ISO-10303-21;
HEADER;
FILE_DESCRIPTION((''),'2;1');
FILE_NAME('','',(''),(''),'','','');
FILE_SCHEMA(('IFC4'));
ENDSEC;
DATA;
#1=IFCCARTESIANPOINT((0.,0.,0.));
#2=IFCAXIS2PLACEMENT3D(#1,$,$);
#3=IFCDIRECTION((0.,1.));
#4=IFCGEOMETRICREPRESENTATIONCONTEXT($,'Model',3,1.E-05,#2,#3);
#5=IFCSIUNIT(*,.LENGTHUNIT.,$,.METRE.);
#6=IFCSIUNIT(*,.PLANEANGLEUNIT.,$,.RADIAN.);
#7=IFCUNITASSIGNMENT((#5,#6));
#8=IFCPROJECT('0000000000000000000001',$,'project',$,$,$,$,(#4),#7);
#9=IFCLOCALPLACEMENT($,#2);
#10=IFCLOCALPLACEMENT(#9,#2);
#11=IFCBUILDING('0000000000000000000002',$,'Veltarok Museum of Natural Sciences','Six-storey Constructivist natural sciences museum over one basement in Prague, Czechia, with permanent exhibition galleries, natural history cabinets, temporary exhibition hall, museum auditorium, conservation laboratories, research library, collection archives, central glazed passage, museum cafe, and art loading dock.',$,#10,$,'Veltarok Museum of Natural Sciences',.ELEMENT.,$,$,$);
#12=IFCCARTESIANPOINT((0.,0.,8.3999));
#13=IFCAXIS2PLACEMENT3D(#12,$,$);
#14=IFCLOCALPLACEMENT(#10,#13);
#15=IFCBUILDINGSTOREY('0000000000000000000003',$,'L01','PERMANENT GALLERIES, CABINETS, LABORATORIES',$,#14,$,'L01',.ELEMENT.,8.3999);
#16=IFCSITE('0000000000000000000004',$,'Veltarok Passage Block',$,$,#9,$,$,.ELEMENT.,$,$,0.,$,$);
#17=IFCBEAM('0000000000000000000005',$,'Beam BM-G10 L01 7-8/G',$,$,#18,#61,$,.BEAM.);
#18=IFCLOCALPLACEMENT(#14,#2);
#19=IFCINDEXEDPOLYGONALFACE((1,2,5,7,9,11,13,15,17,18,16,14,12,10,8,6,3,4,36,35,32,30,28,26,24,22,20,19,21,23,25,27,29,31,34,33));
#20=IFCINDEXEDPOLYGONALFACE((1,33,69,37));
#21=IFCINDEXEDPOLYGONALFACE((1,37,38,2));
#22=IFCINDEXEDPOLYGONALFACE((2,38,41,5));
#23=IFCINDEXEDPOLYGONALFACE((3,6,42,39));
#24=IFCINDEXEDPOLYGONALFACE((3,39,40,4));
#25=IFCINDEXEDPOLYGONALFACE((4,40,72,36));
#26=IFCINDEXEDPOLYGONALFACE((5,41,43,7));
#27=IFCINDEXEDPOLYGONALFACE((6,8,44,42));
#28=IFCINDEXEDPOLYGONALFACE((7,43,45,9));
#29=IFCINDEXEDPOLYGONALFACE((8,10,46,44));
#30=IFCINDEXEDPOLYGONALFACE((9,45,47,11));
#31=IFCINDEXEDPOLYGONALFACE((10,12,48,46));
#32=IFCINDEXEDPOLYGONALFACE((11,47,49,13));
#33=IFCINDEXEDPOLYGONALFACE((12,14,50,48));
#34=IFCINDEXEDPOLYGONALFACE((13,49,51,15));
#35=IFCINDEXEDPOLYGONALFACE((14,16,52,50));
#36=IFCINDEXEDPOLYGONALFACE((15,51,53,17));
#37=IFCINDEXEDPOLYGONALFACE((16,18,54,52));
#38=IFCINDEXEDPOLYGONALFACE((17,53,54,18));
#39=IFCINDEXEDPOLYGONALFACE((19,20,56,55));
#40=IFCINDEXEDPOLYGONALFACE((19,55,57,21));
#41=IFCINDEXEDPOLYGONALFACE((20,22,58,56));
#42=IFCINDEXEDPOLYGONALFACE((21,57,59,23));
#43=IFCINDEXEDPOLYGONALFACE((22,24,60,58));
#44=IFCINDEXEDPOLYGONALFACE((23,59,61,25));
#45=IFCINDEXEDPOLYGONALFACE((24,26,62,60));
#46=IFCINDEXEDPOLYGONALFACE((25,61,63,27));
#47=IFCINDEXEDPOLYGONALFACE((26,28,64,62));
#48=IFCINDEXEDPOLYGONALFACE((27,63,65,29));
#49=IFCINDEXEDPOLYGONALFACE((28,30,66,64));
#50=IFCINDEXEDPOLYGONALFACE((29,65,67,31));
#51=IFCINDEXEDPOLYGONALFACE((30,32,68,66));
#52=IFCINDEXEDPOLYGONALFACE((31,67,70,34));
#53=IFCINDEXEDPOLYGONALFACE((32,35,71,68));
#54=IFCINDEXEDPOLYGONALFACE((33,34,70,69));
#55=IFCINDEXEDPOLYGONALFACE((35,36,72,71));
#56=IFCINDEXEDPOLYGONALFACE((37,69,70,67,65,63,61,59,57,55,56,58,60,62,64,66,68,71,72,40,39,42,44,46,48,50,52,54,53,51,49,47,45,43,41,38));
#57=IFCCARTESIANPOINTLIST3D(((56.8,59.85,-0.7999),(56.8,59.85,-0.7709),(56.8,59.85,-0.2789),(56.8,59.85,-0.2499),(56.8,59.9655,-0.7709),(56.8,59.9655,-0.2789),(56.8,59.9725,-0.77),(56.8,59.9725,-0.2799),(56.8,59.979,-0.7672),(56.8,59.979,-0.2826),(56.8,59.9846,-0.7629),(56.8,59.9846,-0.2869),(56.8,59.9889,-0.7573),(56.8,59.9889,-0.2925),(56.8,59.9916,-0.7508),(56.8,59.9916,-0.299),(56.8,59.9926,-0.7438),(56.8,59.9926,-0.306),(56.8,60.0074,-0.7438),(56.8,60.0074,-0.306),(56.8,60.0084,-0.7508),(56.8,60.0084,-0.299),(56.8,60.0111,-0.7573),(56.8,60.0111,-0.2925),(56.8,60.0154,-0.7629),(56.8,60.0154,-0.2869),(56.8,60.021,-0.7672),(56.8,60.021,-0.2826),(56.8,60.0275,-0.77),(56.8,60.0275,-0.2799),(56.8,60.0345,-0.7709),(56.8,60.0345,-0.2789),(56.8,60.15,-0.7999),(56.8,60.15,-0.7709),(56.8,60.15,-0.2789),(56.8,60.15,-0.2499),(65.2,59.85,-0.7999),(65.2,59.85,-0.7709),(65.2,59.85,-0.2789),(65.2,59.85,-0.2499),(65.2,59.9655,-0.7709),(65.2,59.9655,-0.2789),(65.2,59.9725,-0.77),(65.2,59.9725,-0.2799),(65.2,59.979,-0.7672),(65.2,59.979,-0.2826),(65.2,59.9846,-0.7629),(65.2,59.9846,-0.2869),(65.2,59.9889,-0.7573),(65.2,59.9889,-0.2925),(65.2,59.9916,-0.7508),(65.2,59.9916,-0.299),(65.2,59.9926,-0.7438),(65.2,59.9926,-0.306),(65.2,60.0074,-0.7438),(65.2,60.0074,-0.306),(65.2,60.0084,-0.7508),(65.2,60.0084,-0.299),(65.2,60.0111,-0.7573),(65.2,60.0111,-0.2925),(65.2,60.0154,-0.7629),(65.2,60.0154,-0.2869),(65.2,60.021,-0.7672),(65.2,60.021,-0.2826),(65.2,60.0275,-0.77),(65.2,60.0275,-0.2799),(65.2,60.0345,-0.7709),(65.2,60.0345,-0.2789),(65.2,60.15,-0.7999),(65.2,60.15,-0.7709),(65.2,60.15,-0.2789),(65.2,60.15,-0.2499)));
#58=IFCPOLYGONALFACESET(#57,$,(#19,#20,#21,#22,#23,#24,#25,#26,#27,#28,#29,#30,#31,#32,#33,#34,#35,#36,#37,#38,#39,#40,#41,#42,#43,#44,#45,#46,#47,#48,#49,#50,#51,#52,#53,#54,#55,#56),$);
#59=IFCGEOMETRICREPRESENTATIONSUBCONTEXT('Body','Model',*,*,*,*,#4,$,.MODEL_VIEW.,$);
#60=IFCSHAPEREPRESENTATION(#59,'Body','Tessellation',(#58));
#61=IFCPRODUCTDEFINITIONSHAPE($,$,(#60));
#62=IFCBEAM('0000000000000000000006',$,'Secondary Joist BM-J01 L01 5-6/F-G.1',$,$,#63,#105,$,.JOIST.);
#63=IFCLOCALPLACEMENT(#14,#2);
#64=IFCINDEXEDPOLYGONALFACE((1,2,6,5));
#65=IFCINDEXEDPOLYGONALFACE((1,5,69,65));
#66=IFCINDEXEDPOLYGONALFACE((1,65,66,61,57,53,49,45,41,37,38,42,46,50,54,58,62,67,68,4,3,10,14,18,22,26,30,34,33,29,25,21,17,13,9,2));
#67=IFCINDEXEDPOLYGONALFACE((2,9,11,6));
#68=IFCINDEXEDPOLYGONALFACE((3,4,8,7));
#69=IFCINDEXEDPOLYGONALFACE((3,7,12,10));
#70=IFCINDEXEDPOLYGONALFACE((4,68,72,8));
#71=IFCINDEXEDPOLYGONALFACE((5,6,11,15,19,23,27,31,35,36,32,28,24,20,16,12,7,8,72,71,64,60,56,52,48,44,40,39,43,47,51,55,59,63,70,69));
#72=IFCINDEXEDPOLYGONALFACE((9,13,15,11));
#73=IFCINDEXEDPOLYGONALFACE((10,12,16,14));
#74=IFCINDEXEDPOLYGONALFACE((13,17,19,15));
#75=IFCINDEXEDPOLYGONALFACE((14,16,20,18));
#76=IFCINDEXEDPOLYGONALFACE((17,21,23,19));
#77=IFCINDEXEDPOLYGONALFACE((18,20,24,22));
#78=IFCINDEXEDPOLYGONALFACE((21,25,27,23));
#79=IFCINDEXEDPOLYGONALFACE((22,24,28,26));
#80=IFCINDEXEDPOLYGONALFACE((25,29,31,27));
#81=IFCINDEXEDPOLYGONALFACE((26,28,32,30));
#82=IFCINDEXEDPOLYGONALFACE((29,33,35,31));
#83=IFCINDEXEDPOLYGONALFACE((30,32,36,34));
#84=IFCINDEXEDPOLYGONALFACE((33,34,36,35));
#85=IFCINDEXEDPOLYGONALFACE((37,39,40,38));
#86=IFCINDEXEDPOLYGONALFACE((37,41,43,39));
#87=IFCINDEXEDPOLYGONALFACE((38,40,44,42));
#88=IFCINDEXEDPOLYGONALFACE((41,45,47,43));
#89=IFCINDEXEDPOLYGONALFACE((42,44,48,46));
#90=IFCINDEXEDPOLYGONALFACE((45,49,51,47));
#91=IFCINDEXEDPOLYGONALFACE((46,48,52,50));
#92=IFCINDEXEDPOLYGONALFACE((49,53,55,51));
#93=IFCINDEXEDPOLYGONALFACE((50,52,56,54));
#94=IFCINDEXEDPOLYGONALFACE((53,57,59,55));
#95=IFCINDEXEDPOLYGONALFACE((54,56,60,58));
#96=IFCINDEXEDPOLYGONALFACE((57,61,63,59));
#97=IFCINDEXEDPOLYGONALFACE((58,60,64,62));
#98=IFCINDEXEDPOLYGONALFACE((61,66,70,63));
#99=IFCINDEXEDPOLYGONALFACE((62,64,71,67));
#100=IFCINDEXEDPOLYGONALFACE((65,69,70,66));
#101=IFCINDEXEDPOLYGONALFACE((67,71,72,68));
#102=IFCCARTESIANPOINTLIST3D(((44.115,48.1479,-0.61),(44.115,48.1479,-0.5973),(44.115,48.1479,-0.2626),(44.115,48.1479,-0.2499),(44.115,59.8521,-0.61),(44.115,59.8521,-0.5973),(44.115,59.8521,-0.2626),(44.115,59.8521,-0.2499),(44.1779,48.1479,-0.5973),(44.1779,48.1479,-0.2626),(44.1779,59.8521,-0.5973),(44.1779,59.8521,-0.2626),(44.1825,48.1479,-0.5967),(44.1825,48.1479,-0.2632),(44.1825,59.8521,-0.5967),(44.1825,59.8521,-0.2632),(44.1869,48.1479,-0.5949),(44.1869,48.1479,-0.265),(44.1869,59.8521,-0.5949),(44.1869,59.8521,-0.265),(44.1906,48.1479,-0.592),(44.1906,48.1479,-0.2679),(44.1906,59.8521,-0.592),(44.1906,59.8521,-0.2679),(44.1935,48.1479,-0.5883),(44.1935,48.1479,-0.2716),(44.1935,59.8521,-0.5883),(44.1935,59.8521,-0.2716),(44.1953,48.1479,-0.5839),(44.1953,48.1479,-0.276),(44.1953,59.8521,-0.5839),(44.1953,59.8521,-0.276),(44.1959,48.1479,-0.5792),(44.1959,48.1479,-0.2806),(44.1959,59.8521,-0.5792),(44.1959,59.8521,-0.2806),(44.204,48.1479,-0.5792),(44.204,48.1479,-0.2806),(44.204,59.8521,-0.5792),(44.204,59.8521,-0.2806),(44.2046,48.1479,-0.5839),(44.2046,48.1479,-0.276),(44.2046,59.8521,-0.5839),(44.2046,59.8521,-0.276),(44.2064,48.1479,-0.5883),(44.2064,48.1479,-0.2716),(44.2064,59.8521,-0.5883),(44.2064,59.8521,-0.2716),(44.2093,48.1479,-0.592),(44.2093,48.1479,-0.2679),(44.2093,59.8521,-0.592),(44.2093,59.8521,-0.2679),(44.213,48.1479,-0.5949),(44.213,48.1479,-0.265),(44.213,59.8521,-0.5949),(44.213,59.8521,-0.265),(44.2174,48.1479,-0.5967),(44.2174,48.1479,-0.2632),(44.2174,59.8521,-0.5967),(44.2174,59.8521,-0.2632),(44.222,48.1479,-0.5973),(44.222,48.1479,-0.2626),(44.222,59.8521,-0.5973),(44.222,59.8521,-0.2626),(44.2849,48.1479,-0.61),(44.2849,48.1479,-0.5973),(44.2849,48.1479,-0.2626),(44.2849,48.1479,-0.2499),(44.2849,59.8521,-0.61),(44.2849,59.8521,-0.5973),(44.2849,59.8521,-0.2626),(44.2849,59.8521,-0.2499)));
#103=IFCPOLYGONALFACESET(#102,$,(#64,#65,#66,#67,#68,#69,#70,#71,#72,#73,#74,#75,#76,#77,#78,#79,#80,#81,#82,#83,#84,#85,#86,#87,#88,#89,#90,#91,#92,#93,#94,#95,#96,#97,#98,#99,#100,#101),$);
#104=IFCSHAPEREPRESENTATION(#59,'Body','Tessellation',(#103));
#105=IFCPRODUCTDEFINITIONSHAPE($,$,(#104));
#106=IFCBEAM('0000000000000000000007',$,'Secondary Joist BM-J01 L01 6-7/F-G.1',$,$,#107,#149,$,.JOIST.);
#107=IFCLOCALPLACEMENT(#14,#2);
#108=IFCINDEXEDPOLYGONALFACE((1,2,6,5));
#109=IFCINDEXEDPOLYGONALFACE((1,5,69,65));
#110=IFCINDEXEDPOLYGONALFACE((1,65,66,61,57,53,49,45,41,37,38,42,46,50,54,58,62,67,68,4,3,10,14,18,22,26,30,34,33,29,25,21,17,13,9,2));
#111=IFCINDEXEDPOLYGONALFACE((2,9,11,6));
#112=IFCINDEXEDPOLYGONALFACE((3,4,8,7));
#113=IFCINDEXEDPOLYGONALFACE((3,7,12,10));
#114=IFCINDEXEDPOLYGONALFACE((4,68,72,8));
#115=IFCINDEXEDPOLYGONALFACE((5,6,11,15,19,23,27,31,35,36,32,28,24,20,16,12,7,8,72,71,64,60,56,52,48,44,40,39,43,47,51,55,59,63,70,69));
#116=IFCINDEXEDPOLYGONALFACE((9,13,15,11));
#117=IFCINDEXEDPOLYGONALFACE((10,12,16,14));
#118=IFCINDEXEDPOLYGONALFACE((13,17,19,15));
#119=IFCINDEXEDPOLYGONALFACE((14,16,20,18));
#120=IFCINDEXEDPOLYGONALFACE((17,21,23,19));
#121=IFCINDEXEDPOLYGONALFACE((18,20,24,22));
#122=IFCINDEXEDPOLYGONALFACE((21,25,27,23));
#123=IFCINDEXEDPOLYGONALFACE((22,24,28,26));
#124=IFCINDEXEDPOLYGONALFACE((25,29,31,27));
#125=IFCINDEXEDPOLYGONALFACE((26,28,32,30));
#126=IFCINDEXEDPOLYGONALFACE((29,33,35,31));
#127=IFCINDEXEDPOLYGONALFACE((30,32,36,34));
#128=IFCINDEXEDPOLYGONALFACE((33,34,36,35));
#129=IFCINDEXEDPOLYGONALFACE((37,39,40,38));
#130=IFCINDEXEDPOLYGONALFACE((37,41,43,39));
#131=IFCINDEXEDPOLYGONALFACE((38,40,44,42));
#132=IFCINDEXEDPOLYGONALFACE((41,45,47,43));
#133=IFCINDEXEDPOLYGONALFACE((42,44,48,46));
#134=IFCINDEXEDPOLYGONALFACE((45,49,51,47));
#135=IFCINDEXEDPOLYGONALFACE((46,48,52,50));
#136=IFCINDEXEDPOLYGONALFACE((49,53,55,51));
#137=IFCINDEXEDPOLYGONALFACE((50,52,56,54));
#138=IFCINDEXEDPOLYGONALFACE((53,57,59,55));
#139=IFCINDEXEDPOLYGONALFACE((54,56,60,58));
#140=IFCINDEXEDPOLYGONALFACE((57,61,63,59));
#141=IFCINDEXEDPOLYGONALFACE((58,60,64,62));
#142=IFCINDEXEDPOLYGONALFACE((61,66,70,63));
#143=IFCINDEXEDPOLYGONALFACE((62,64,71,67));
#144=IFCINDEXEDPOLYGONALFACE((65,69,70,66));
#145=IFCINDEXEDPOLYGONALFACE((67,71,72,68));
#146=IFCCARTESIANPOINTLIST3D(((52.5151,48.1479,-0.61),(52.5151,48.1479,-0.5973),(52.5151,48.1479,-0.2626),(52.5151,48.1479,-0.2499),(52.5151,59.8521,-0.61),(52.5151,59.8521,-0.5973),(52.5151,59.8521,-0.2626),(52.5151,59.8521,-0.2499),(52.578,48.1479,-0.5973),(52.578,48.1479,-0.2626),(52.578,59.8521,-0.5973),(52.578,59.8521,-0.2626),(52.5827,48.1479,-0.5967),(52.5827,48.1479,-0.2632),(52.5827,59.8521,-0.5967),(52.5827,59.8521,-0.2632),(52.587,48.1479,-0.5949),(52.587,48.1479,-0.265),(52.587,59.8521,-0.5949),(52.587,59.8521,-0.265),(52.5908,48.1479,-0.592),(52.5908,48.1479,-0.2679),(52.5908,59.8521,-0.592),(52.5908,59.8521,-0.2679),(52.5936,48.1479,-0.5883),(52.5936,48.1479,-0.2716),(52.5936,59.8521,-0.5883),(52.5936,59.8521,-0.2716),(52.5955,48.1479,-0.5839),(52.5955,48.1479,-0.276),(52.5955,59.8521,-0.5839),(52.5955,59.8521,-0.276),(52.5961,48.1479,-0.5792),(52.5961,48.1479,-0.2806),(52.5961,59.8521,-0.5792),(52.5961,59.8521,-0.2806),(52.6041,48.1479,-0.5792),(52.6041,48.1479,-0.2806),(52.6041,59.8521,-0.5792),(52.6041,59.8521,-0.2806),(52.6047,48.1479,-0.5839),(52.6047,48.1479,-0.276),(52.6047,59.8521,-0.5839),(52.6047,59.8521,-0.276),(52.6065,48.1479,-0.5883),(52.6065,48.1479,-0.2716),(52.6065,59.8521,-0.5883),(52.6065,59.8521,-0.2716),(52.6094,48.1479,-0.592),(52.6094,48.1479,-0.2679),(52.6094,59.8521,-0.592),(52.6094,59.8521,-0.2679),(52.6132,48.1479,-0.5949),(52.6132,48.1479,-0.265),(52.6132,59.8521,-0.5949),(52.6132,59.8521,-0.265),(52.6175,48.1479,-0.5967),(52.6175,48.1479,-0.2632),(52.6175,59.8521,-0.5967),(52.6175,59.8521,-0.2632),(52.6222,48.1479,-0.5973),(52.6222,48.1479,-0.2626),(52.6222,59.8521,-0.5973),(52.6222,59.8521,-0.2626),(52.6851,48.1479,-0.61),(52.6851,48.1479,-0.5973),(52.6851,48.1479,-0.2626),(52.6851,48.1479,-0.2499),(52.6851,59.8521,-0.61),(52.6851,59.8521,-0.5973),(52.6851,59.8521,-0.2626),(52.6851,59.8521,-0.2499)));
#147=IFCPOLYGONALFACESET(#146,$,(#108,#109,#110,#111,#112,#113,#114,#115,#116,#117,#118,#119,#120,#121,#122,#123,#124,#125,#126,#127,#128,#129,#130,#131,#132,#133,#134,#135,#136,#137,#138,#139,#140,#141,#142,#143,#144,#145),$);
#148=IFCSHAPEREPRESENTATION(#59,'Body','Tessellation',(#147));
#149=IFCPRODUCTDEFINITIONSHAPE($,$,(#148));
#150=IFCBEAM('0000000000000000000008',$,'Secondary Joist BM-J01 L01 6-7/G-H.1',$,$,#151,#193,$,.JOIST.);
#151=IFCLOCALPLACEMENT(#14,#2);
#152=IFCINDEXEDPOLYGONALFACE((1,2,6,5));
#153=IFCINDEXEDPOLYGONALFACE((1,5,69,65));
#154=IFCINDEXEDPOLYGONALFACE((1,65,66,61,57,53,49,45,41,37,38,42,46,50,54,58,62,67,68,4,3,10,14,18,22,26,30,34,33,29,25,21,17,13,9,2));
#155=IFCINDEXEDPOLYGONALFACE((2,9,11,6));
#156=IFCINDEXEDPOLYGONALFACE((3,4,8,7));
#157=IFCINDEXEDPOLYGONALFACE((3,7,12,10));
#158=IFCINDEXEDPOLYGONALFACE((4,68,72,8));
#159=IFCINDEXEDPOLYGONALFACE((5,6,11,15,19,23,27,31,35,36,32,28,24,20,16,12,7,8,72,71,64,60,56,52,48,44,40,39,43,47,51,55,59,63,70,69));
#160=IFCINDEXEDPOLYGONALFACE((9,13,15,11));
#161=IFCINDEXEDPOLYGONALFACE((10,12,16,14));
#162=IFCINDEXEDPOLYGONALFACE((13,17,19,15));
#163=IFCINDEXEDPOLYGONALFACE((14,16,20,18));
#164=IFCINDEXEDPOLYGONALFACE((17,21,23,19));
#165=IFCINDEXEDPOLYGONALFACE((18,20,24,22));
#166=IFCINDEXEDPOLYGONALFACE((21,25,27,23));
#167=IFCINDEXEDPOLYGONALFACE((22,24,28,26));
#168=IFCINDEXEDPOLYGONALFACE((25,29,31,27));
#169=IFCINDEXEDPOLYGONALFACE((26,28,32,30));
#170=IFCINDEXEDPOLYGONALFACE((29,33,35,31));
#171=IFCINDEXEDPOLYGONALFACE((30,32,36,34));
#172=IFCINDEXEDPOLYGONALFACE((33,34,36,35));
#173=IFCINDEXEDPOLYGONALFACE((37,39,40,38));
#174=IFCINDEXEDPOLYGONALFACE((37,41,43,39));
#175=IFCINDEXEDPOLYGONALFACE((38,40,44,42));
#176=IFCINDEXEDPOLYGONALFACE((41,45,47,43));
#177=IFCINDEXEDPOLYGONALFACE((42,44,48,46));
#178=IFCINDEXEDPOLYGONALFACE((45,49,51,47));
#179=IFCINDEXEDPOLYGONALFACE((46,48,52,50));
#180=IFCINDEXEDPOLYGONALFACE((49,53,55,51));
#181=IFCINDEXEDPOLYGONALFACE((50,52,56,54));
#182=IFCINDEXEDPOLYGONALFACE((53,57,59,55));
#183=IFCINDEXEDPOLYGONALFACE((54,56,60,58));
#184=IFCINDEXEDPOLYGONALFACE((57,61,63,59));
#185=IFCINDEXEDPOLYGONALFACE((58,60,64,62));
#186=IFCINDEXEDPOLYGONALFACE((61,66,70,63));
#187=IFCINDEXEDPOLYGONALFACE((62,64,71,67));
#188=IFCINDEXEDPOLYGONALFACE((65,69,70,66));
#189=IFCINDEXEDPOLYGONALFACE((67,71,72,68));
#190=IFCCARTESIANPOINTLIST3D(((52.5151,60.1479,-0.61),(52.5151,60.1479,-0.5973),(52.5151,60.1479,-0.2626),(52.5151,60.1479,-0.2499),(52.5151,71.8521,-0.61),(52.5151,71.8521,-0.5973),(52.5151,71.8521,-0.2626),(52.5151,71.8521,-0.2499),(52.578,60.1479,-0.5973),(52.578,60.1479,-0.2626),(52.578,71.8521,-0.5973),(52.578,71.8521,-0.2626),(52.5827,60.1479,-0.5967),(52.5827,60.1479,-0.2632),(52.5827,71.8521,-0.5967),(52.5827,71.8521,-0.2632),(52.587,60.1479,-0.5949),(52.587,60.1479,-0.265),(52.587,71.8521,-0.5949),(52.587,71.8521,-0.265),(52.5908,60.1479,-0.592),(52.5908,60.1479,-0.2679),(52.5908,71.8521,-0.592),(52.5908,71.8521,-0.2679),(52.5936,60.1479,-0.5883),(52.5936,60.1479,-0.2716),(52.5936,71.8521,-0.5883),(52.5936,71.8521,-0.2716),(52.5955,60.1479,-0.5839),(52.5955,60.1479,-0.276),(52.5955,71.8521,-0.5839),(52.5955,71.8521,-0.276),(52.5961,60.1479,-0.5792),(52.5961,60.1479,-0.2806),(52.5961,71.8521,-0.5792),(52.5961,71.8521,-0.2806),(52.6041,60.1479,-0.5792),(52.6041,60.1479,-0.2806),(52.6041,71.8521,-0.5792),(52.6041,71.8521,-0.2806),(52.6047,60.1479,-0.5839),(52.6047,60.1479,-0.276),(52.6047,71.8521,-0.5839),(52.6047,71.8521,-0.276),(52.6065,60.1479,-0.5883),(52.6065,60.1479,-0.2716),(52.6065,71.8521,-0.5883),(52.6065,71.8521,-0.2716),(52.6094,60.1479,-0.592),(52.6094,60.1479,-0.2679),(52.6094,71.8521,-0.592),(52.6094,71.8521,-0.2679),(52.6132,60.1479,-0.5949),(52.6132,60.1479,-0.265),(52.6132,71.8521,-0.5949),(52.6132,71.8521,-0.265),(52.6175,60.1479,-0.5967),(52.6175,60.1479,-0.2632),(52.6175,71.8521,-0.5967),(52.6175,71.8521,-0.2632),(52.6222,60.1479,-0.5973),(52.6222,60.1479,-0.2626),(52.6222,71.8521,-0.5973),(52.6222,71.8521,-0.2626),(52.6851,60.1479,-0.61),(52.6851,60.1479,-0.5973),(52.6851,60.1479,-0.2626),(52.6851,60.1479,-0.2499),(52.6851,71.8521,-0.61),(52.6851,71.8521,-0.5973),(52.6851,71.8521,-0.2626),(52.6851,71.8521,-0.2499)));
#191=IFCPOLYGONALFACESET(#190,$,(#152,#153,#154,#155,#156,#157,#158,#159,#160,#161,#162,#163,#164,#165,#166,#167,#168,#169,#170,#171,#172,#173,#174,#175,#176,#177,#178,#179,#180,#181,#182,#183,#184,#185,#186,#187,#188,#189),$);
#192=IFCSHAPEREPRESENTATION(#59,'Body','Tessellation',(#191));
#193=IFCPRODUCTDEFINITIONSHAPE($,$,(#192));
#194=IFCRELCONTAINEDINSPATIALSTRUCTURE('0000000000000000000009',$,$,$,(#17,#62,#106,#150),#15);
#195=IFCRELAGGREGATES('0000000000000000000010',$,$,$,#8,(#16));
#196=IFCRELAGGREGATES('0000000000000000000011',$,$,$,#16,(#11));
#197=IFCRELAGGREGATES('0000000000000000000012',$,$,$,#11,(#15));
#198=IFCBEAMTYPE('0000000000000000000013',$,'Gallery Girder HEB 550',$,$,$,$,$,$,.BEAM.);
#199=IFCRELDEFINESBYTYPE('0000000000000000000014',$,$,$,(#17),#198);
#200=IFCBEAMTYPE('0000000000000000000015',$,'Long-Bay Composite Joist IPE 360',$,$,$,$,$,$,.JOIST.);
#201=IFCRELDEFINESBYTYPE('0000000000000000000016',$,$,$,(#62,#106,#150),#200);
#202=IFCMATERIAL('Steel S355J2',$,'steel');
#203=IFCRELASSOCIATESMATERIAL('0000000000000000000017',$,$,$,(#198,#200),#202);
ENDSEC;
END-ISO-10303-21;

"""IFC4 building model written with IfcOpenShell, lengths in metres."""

from ifc_helpers import new_model, si_unit, direction, frame, origin, origin_2d, place, context, subcontext, project, spatial, i_section, extrude, material, material_profile, profile_set, type_object, element, save


model = new_model("IFC4")

# Units and contexts
model_context = context("Model", 3, precision=1e-05, world=origin(), true_north=direction((0.0, 1.0)))
body_context = subcontext(model_context, "Body", "Model", "MODEL_VIEW")
ifc_project = project(units=[si_unit("LENGTHUNIT", "METRE"), si_unit("PLANEANGLEUNIT", "RADIAN")], contexts=[model_context])

# Site, building, storey
site_placement = place(None, origin())
site = spatial("IfcSite", under=ifc_project, at=site_placement, Name="Veltarok Passage Block", CompositionType="ELEMENT", RefElevation=0.0)
building_placement = place(site_placement, origin())
building = spatial("IfcBuilding", under=site, at=building_placement, Name="Veltarok Museum of Natural Sciences", Description="Six-storey Constructivist natural sciences museum over one basement in Prague, Czechia, with permanent exhibition galleries, natural history cabinets, temporary exhibition hall, museum auditorium, conservation laboratories, research library, collection archives, central glazed passage, museum cafe, and art loading dock.", LongName="Veltarok Museum of Natural Sciences", CompositionType="ELEMENT")
storey_placement = place(building_placement, frame((0.0, 0.0, 8.3999)))
storey = spatial("IfcBuildingStorey", under=building, at=storey_placement, Name="L01", Description="PERMANENT GALLERIES, CABINETS, LABORATORIES", LongName="L01", CompositionType="ELEMENT", Elevation=8.3999)

# Shared definitions
ifc_material_1 = material(Name="Steel S355J2", Category="steel")

# Beams
ifc_material_profile_1 = material_profile(ifc_material_1, i_section(OverallWidth=0.3, OverallDepth=0.55, WebThickness=0.0149, FlangeThickness=0.0291, FilletRadius=0.0271, at=origin_2d()), Name="HEB 550")
ifc_profile_set_1 = profile_set([ifc_material_profile_1], Name="Steel S355J2")
beam_type_1 = type_object("IfcBeamType", Name="Gallery Girder HEB 550", PredefinedType="BEAM", material=ifc_profile_set_1)
beam_1_placement = place(storey_placement, frame((56.8, 60.0, -0.5249), z_axis=(1.0, 0.0, 0.0), x_axis=(0.0, 1.0, 0.0)))
element("IfcBeam", 1, at=beam_1_placement, inside=storey, type_object=beam_type_1, Name="Beam BM-G10 L01 7-8/G", PredefinedType="BEAM", context=body_context, shape_type="SweptSolid", body=[
    extrude(i_section(OverallWidth=0.3, OverallDepth=0.55, WebThickness=0.0149, FlangeThickness=0.0291, FilletRadius=0.0271, at=origin_2d()), origin(), (0.0, 0.0, 1.0), 8.3999),
])
ifc_material_profile_2 = material_profile(ifc_material_1, i_section(OverallWidth=0.1699, OverallDepth=0.3601, WebThickness=0.0081, FlangeThickness=0.0127, FilletRadius=0.0181, at=origin_2d()), Name="IPE 360")
ifc_profile_set_2 = profile_set([ifc_material_profile_2], Name="Steel S355J2")
beam_type_2 = type_object("IfcBeamType", Name="Long-Bay Composite Joist IPE 360", PredefinedType="JOIST", material=ifc_profile_set_2)
for number, where, z_axis, x_axis, name in (
    (2, (44.2, 48.1479, -0.4299), (0.0, 1.0, 0.0), (-1.0, 0.0, 0.0), "Secondary Joist BM-J01 L01 5-6/F-G.1"),
    (3, (52.6001, 48.1479, -0.4299), (0.0, 1.0, 0.0), (-1.0, 0.0, 0.0), "Secondary Joist BM-J01 L01 6-7/F-G.1"),
    (4, (52.6001, 60.1479, -0.4299), (0.0, 1.0, 0.0), (-1.0, 0.0, 0.0), "Secondary Joist BM-J01 L01 6-7/G-H.1"),
):
    element("IfcBeam", number, at=place(storey_placement, frame(where, z_axis=z_axis, x_axis=x_axis)), inside=storey, type_object=beam_type_2, Name=name, PredefinedType="JOIST", context=body_context, shape_type="SweptSolid", body=[
        extrude(i_section(OverallWidth=0.1699, OverallDepth=0.3601, WebThickness=0.0081, FlangeThickness=0.0127, FilletRadius=0.0181, at=origin_2d()), origin(), (0.0, 0.0, 1.0), 11.7041),
    ])

save(model, "model.ifc")
